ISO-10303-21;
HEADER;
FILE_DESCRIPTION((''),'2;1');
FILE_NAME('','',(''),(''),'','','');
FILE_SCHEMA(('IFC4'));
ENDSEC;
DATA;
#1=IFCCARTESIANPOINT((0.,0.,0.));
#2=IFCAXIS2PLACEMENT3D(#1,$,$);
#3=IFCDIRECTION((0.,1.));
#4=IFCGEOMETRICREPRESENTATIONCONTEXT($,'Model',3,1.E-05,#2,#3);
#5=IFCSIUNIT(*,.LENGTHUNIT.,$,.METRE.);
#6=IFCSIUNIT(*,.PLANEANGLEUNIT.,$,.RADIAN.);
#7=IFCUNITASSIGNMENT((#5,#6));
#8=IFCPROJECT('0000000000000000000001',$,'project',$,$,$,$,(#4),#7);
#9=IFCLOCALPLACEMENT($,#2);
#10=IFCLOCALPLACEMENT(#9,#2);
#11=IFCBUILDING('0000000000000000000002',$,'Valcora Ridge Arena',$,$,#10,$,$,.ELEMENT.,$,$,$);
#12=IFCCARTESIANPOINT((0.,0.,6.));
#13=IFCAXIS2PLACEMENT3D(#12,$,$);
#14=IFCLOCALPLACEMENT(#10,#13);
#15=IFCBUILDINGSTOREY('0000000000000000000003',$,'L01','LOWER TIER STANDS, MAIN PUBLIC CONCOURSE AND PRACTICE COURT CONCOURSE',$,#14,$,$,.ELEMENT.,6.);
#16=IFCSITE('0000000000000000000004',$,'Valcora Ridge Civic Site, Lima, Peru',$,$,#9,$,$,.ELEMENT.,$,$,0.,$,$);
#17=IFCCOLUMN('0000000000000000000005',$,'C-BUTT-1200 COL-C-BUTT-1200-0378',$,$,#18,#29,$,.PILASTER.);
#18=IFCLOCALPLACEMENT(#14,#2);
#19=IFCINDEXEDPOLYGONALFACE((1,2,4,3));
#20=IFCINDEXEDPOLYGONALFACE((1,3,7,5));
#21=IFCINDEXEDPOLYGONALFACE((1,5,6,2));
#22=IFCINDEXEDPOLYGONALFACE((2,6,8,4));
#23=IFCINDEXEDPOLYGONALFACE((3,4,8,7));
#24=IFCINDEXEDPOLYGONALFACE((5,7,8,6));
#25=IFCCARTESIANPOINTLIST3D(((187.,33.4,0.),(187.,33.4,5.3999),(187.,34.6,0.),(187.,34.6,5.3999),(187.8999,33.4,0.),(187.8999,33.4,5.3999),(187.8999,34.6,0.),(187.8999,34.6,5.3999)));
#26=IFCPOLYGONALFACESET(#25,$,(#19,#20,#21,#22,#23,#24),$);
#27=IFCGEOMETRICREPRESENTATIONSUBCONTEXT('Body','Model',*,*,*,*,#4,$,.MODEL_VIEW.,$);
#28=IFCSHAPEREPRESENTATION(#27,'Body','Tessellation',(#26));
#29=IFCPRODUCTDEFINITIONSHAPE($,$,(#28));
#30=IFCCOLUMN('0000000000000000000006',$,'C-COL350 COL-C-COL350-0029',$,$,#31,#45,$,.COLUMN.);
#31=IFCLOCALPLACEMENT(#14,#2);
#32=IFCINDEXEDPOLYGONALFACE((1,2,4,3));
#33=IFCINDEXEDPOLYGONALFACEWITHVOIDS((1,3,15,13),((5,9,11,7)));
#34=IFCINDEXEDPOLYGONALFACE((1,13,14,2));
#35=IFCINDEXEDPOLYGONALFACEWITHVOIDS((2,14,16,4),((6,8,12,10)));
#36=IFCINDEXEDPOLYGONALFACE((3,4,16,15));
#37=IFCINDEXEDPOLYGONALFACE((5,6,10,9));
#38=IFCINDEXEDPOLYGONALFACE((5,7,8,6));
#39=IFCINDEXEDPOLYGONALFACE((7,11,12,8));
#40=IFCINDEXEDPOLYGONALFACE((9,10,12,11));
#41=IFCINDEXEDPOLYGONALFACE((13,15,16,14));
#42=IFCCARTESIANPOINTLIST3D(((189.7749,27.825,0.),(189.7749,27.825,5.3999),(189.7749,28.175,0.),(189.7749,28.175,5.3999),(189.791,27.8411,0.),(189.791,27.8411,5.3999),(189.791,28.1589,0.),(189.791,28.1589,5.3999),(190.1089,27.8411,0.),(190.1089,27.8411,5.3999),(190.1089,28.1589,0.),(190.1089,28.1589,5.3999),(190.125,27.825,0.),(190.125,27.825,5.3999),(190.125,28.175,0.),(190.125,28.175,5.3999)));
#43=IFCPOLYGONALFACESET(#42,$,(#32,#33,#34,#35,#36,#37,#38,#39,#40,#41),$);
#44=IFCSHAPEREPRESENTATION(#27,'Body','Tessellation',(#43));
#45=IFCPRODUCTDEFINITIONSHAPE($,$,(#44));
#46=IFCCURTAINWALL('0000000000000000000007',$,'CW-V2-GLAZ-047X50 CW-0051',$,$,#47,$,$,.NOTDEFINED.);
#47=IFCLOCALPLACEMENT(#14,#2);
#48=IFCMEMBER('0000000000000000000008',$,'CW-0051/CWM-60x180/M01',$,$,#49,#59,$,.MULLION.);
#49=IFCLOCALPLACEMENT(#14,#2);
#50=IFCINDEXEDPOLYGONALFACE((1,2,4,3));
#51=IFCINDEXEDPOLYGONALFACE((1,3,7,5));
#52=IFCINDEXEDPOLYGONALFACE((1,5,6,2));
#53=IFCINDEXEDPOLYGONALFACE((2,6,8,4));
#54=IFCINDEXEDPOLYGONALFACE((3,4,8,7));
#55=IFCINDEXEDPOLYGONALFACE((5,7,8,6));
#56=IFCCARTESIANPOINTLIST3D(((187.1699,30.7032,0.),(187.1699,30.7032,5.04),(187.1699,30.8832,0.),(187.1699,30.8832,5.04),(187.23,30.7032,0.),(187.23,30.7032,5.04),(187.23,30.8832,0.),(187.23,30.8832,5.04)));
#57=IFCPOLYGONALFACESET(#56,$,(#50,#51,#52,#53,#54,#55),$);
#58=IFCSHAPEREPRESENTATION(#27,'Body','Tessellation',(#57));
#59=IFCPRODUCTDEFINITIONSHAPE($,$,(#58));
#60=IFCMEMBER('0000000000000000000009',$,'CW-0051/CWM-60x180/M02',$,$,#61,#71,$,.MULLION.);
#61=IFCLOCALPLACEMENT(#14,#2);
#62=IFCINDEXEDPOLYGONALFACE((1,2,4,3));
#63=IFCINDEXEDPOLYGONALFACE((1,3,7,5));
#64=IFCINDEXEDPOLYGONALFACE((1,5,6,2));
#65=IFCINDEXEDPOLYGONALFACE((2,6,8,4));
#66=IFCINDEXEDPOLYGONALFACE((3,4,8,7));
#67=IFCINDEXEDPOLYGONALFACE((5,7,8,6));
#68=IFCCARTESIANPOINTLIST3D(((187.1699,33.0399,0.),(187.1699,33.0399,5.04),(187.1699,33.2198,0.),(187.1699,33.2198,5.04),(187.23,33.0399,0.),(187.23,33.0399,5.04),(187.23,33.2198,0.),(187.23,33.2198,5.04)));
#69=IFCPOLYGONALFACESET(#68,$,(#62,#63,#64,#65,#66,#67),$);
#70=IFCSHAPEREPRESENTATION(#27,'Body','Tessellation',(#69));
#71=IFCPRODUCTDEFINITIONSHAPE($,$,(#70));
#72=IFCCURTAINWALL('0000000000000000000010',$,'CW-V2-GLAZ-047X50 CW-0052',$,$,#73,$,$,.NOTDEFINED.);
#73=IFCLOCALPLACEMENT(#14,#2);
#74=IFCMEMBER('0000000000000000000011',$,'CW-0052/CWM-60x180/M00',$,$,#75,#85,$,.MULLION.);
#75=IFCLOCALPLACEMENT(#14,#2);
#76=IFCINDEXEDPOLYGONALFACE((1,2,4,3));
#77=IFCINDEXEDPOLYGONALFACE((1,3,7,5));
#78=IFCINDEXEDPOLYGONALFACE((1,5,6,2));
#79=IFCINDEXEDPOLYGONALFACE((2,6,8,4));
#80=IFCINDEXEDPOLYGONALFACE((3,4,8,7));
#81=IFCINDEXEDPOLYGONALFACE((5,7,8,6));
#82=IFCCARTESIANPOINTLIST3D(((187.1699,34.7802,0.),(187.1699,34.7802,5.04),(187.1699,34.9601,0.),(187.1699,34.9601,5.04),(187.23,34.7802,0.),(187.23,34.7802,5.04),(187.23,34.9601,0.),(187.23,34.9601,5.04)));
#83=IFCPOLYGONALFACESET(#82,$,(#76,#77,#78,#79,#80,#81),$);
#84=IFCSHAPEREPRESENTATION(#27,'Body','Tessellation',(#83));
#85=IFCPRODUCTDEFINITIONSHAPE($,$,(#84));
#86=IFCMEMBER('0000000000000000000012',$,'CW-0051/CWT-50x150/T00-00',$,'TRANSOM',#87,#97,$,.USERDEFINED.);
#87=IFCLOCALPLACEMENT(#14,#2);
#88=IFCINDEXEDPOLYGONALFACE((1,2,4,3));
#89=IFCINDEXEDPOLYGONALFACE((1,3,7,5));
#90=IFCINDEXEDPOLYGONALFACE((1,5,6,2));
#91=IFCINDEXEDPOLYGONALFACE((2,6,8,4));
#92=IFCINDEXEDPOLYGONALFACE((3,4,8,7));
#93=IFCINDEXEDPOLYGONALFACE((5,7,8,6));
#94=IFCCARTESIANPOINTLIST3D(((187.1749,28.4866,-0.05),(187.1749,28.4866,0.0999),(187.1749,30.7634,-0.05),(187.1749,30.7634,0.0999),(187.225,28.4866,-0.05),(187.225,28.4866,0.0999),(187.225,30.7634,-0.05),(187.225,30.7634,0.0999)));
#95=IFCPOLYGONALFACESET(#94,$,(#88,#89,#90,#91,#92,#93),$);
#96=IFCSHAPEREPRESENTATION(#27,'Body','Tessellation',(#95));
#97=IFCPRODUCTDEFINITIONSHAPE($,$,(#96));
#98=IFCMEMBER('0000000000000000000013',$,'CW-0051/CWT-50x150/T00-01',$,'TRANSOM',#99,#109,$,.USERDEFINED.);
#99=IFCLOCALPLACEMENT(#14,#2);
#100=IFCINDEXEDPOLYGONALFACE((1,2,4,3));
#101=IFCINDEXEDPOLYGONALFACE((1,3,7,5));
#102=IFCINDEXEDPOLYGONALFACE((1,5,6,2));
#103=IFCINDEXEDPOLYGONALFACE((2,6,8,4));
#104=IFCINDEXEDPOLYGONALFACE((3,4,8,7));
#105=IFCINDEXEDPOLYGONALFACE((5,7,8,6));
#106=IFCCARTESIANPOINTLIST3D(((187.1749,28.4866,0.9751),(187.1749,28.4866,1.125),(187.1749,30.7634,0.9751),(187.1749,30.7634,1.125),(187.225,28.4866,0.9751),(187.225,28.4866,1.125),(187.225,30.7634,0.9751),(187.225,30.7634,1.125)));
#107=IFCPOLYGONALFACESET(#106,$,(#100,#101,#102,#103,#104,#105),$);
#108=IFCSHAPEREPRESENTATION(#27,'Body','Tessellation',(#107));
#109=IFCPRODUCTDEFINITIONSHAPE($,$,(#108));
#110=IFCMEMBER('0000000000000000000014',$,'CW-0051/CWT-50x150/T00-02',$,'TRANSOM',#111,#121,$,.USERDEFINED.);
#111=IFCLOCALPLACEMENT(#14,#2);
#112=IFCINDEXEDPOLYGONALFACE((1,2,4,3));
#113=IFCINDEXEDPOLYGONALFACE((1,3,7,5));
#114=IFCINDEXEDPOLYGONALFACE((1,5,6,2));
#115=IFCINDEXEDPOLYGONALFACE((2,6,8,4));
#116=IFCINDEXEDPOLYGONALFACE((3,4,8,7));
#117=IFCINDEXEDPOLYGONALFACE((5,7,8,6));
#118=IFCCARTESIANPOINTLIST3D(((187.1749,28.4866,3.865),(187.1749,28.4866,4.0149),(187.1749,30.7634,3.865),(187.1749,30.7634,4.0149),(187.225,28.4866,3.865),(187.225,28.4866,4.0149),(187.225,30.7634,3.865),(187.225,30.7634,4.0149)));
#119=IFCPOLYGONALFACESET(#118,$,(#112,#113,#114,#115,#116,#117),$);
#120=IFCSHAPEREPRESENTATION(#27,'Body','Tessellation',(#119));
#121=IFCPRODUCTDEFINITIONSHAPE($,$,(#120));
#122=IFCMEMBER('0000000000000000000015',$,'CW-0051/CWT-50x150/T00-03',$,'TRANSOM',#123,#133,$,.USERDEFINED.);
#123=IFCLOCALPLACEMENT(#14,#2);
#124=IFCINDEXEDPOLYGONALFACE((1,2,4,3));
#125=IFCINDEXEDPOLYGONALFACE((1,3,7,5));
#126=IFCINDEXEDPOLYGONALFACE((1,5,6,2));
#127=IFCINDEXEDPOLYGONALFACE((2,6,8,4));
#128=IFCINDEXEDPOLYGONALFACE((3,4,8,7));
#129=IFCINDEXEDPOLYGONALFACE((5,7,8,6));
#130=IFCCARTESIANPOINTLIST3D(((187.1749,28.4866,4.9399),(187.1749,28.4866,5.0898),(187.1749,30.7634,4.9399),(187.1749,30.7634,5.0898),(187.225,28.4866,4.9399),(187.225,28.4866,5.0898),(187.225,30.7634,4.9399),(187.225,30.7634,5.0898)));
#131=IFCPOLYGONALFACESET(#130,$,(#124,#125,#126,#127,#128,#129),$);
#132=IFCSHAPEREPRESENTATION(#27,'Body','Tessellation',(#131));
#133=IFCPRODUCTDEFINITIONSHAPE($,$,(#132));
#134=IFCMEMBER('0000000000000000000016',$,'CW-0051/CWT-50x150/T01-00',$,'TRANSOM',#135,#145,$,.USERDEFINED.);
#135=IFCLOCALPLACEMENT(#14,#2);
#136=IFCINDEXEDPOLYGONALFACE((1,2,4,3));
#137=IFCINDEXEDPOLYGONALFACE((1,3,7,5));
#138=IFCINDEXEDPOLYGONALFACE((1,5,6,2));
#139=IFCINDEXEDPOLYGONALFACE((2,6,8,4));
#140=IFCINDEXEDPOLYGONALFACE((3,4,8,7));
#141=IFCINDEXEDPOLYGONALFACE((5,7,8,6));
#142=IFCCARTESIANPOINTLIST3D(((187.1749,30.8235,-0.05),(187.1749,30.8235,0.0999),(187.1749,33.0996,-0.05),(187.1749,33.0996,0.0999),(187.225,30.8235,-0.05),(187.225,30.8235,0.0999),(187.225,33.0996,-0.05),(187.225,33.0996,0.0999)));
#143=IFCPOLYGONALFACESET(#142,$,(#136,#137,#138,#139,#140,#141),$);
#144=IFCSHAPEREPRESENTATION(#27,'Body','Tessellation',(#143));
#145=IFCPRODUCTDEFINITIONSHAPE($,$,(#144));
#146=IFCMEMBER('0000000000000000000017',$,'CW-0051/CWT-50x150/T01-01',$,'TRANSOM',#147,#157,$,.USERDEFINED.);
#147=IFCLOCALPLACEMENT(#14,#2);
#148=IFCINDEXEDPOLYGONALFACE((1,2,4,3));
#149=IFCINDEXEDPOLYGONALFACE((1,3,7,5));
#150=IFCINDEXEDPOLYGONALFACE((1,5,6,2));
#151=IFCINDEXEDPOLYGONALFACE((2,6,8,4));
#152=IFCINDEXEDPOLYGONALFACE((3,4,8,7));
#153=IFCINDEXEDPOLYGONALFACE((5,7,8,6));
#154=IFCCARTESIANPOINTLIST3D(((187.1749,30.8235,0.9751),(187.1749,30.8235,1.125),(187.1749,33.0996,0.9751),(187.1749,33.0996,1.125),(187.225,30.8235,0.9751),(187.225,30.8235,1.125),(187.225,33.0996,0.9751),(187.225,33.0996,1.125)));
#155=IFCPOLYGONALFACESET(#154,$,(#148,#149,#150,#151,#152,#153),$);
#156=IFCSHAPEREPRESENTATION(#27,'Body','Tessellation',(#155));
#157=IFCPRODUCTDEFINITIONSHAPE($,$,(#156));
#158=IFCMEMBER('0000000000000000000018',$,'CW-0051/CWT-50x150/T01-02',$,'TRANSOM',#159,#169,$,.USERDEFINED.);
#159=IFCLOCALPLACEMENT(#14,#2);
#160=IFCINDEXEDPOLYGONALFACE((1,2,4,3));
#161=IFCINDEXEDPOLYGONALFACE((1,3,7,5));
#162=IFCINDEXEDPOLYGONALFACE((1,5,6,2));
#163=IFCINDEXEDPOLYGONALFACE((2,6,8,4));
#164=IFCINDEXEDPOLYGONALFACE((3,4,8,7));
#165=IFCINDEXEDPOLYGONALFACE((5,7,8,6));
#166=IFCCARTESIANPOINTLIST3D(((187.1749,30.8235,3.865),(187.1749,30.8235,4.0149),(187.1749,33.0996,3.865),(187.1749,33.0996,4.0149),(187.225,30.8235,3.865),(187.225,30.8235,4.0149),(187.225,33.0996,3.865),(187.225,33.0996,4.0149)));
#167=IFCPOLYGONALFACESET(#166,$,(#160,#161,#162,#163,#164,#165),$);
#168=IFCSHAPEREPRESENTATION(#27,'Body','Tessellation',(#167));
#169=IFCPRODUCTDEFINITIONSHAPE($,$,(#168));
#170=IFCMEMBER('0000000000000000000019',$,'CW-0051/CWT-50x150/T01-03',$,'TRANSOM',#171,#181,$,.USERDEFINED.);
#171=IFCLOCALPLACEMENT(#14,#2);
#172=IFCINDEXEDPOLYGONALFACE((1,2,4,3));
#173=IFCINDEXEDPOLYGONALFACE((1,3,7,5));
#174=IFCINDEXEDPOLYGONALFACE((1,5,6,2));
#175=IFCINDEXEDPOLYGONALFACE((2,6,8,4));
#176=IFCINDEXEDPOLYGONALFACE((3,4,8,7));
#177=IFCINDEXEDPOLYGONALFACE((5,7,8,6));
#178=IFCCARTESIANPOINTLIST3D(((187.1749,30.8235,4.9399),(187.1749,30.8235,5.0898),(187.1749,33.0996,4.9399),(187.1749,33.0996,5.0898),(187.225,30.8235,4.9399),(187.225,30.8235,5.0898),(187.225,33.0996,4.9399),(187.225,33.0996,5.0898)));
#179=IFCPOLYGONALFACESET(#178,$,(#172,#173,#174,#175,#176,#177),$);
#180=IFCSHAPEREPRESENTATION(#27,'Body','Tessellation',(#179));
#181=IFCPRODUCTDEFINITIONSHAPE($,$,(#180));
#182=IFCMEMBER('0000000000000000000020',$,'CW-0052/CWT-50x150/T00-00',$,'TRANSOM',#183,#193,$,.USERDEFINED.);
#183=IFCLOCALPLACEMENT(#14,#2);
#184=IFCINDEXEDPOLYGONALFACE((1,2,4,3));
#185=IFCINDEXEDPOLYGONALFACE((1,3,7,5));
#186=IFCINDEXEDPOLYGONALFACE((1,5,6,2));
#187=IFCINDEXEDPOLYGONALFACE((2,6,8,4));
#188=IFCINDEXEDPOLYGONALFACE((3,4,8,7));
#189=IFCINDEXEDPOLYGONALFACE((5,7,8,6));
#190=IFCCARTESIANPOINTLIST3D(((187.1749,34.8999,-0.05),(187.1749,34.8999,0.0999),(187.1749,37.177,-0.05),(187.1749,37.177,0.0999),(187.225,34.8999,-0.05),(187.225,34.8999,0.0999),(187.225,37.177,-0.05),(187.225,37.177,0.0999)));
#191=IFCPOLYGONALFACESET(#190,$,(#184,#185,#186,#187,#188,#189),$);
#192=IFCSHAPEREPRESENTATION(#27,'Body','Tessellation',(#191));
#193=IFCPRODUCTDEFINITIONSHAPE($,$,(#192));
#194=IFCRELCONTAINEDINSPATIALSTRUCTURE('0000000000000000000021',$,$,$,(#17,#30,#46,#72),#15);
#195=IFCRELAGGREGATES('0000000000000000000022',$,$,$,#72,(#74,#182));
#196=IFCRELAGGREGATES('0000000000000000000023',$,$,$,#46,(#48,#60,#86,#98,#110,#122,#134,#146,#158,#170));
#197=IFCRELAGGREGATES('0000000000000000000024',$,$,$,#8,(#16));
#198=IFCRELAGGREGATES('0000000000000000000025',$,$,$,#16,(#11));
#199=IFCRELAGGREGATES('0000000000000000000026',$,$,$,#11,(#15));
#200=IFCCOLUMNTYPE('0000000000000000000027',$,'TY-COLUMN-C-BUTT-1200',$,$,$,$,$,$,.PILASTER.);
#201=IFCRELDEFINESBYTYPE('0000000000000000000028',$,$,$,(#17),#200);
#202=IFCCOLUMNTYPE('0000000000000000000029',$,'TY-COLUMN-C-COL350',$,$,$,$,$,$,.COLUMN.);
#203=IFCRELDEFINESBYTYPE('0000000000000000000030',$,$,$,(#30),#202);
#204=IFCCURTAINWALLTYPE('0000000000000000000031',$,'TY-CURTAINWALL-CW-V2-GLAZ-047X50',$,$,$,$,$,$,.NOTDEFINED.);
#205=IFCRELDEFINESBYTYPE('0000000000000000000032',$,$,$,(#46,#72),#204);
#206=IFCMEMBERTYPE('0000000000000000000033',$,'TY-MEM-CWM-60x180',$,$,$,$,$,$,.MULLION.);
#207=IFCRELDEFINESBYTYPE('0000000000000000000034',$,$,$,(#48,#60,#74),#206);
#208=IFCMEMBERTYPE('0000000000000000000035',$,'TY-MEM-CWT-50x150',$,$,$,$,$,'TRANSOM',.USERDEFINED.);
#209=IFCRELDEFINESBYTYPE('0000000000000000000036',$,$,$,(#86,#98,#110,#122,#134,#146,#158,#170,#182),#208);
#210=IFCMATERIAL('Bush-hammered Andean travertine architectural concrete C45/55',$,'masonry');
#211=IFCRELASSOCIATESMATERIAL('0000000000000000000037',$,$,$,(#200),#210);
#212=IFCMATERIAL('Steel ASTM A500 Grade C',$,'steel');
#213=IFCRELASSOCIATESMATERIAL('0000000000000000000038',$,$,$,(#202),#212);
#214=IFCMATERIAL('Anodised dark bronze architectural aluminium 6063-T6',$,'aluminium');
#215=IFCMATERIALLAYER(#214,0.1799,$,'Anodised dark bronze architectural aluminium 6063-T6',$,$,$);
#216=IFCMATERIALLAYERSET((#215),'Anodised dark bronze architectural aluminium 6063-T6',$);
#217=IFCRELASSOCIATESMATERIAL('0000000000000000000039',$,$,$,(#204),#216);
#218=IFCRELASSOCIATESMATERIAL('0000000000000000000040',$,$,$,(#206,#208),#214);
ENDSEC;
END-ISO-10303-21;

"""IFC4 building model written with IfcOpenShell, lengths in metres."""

from ifc_helpers import new_model, si_unit, direction, frame, origin, origin_2d, place, context, subcontext, project, spatial, rectangle, hollow_rectangle, extrude, material, layer, layer_set, material_profile, profile_set, type_object, element, aggregate, save


model = new_model("IFC4")

# Units and contexts
model_context = context("Model", 3, precision=1e-05, world=origin(), true_north=direction((0.0, 1.0)))
body_context = subcontext(model_context, "Body", "Model", "MODEL_VIEW")
ifc_project = project(units=[si_unit("LENGTHUNIT", "METRE"), si_unit("PLANEANGLEUNIT", "RADIAN")], contexts=[model_context])

# Site, building, storey
site_placement = place(None, origin())
site = spatial("IfcSite", under=ifc_project, at=site_placement, Name="Valcora Ridge Civic Site, Lima, Peru", CompositionType="ELEMENT", RefElevation=0.0)
building_placement = place(site_placement, origin())
building = spatial("IfcBuilding", under=site, at=building_placement, Name="Valcora Ridge Arena", CompositionType="ELEMENT")
storey_placement = place(building_placement, frame((0.0, 0.0, 6.0)))
storey = spatial("IfcBuildingStorey", under=building, at=storey_placement, Name="L01", Description="LOWER TIER STANDS, MAIN PUBLIC CONCOURSE AND PRACTICE COURT CONCOURSE", CompositionType="ELEMENT", Elevation=6.0)

# Columns
ifc_material_1 = material(Name="Bush-hammered Andean travertine architectural concrete C45/55", Category="masonry")
ifc_material_profile_1 = material_profile(ifc_material_1, rectangle(XDim=0.8999, YDim=1.2, at=origin_2d()), Name="RC 900x1200")
ifc_profile_set_1 = profile_set([ifc_material_profile_1], Name="Bush-hammered Andean travertine architectural concrete C45/55")
column_type_1 = type_object("IfcColumnType", Name="TY-COLUMN-C-BUTT-1200", PredefinedType="PILASTER", material=ifc_profile_set_1)
column_1_placement = place(storey_placement, frame((187.45, 34.0, 0.0), z_axis=(0.0, 0.0, 1.0), x_axis=(1.0, 0.0, 0.0)))
element("IfcColumn", 1, at=column_1_placement, inside=storey, type_object=column_type_1, Name="C-BUTT-1200 COL-C-BUTT-1200-0378", PredefinedType="PILASTER", context=body_context, shape_type="SweptSolid", body=[
    extrude(rectangle(XDim=0.8999, YDim=1.2, at=origin_2d()), origin(), (0.0, 0.0, 1.0), 5.3999),
])
ifc_material_2 = material(Name="Steel ASTM A500 Grade C", Category="steel")
ifc_material_profile_2 = material_profile(ifc_material_2, hollow_rectangle(XDim=0.3501, YDim=0.3501, WallThickness=0.0161, at=origin_2d()), Name="HSS350X350X16")
ifc_profile_set_2 = profile_set([ifc_material_profile_2], Name="Steel ASTM A500 Grade C")
column_type_2 = type_object("IfcColumnType", Name="TY-COLUMN-C-COL350", PredefinedType="COLUMN", material=ifc_profile_set_2)
column_2_placement = place(storey_placement, frame((189.95, 28.0, 0.0), z_axis=(0.0, 0.0, 1.0), x_axis=(1.0, 0.0, 0.0)))
element("IfcColumn", 2, at=column_2_placement, inside=storey, type_object=column_type_2, Name="C-COL350 COL-C-COL350-0029", PredefinedType="COLUMN", context=body_context, shape_type="SweptSolid", body=[
    extrude(hollow_rectangle(XDim=0.3501, YDim=0.3501, WallThickness=0.0161, at=origin_2d()), origin(), (0.0, 0.0, 1.0), 5.3999),
])

# Curtain wall, members
ifc_material_3 = material(Name="Anodised dark bronze architectural aluminium 6063-T6", Category="aluminium")
ifc_layer_1 = layer(ifc_material_3, 0.1799, Name="Anodised dark bronze architectural aluminium 6063-T6")
ifc_layer_set_1 = layer_set([ifc_layer_1], Name="Anodised dark bronze architectural aluminium 6063-T6")
curtain_wall_type = type_object("IfcCurtainWallType", Name="TY-CURTAINWALL-CW-V2-GLAZ-047X50", PredefinedType="NOTDEFINED", material=ifc_layer_set_1)
curtain_wall_1_placement = place(storey_placement, origin())
curtain_wall_1 = element("IfcCurtainWall", 3, at=curtain_wall_1_placement, inside=storey, type_object=curtain_wall_type, Name="CW-V2-GLAZ-047X50 CW-0051", PredefinedType="NOTDEFINED")
ifc_material_profile_3 = material_profile(ifc_material_3, rectangle(XDim=0.0601, YDim=0.1799, at=origin_2d()), Name="ALU MULLION 60x180")
ifc_profile_set_3 = profile_set([ifc_material_profile_3], Name="Anodised dark bronze architectural aluminium 6063-T6")
member_type_1 = type_object("IfcMemberType", Name="TY-MEM-CWM-60x180", PredefinedType="MULLION", material=ifc_profile_set_3)
member_1_placement = place(storey_placement, frame((187.2, 30.7932, 0.0), z_axis=(0.0, 0.0, 1.0), x_axis=(-1.0, 0.0, 0.0)))
member_1 = element("IfcMember", 4, at=member_1_placement, type_object=member_type_1, Name="CW-0051/CWM-60x180/M01", PredefinedType="MULLION", context=body_context, shape_type="SweptSolid", body=[
    extrude(rectangle(XDim=0.0601, YDim=0.1799, at=origin_2d()), origin(), (0.0, 0.0, 1.0), 5.04),
])
member_2_placement = place(storey_placement, frame((187.2, 33.1299, 0.0), z_axis=(0.0, 0.0, 1.0), x_axis=(-1.0, 0.0, 0.0)))
member_2 = element("IfcMember", 5, at=member_2_placement, type_object=member_type_1, Name="CW-0051/CWM-60x180/M02", PredefinedType="MULLION", context=body_context, shape_type="SweptSolid", body=[
    extrude(rectangle(XDim=0.0601, YDim=0.1799, at=origin_2d()), origin(), (0.0, 0.0, 1.0), 5.04),
])

# Curtain wall, member
curtain_wall_2_placement = place(storey_placement, origin())
curtain_wall_2 = element("IfcCurtainWall", 6, at=curtain_wall_2_placement, inside=storey, type_object=curtain_wall_type, Name="CW-V2-GLAZ-047X50 CW-0052", PredefinedType="NOTDEFINED")
member_3_placement = place(storey_placement, frame((187.2, 34.8701, 0.0), z_axis=(0.0, 0.0, 1.0), x_axis=(-1.0, 0.0, 0.0)))
member_3 = element("IfcMember", 7, at=member_3_placement, type_object=member_type_1, Name="CW-0052/CWM-60x180/M00", PredefinedType="MULLION", context=body_context, shape_type="SweptSolid", body=[
    extrude(rectangle(XDim=0.0601, YDim=0.1799, at=origin_2d()), origin(), (0.0, 0.0, 1.0), 5.04),
])

# Members
ifc_material_profile_4 = material_profile(ifc_material_3, rectangle(XDim=0.05, YDim=0.1499, at=origin_2d()), Name="ALU TRANSOM 50x150")
ifc_profile_set_4 = profile_set([ifc_material_profile_4], Name="Anodised dark bronze architectural aluminium 6063-T6")
member_type_2 = type_object("IfcMemberType", Name="TY-MEM-CWT-50x150", ElementType="TRANSOM", PredefinedType="USERDEFINED", material=ifc_profile_set_4)
member_4_placement = place(storey_placement, frame((187.2, 28.4866, 0.0249), z_axis=(0.0, 1.0, 0.0), x_axis=(-1.0, 0.0, 0.0)))
member_4 = element("IfcMember", 8, at=member_4_placement, type_object=member_type_2, Name="CW-0051/CWT-50x150/T00-00", ObjectType="TRANSOM", PredefinedType="USERDEFINED", context=body_context, shape_type="SweptSolid", body=[
    extrude(rectangle(XDim=0.05, YDim=0.1499, at=origin_2d()), origin(), (0.0, 0.0, 1.0), 2.2769),
])
member_5_placement = place(storey_placement, frame((187.2, 28.4866, 1.05), z_axis=(0.0, 1.0, 0.0), x_axis=(-1.0, 0.0, 0.0)))
member_5 = element("IfcMember", 9, at=member_5_placement, type_object=member_type_2, Name="CW-0051/CWT-50x150/T00-01", ObjectType="TRANSOM", PredefinedType="USERDEFINED", context=body_context, shape_type="SweptSolid", body=[
    extrude(rectangle(XDim=0.05, YDim=0.1499, at=origin_2d()), origin(), (0.0, 0.0, 1.0), 2.2769),
])
member_6_placement = place(storey_placement, frame((187.2, 28.4866, 3.9399), z_axis=(0.0, 1.0, 0.0), x_axis=(-1.0, 0.0, 0.0)))
member_6 = element("IfcMember", 10, at=member_6_placement, type_object=member_type_2, Name="CW-0051/CWT-50x150/T00-02", ObjectType="TRANSOM", PredefinedType="USERDEFINED", context=body_context, shape_type="SweptSolid", body=[
    extrude(rectangle(XDim=0.05, YDim=0.1499, at=origin_2d()), origin(), (0.0, 0.0, 1.0), 2.2769),
])
member_7_placement = place(storey_placement, frame((187.2, 28.4866, 5.0149), z_axis=(0.0, 1.0, 0.0), x_axis=(-1.0, 0.0, 0.0)))
member_7 = element("IfcMember", 11, at=member_7_placement, type_object=member_type_2, Name="CW-0051/CWT-50x150/T00-03", ObjectType="TRANSOM", PredefinedType="USERDEFINED", context=body_context, shape_type="SweptSolid", body=[
    extrude(rectangle(XDim=0.05, YDim=0.1499, at=origin_2d()), origin(), (0.0, 0.0, 1.0), 2.2769),
])
member_8_placement = place(storey_placement, frame((187.2, 30.8235, 0.0249), z_axis=(0.0, 1.0, 0.0), x_axis=(-1.0, 0.0, 0.0)))
member_8 = element("IfcMember", 12, at=member_8_placement, type_object=member_type_2, Name="CW-0051/CWT-50x150/T01-00", ObjectType="TRANSOM", PredefinedType="USERDEFINED", context=body_context, shape_type="SweptSolid", body=[
    extrude(rectangle(XDim=0.05, YDim=0.1499, at=origin_2d()), origin(), (0.0, 0.0, 1.0), 2.2761),
])
member_9_placement = place(storey_placement, frame((187.2, 30.8235, 1.05), z_axis=(0.0, 1.0, 0.0), x_axis=(-1.0, 0.0, 0.0)))
member_9 = element("IfcMember", 13, at=member_9_placement, type_object=member_type_2, Name="CW-0051/CWT-50x150/T01-01", ObjectType="TRANSOM", PredefinedType="USERDEFINED", context=body_context, shape_type="SweptSolid", body=[
    extrude(rectangle(XDim=0.05, YDim=0.1499, at=origin_2d()), origin(), (0.0, 0.0, 1.0), 2.2761),
])
member_10_placement = place(storey_placement, frame((187.2, 30.8235, 3.9399), z_axis=(0.0, 1.0, 0.0), x_axis=(-1.0, 0.0, 0.0)))
member_10 = element("IfcMember", 14, at=member_10_placement, type_object=member_type_2, Name="CW-0051/CWT-50x150/T01-02", ObjectType="TRANSOM", PredefinedType="USERDEFINED", context=body_context, shape_type="SweptSolid", body=[
    extrude(rectangle(XDim=0.05, YDim=0.1499, at=origin_2d()), origin(), (0.0, 0.0, 1.0), 2.2761),
])
member_11_placement = place(storey_placement, frame((187.2, 30.8235, 5.0149), z_axis=(0.0, 1.0, 0.0), x_axis=(-1.0, 0.0, 0.0)))
member_11 = element("IfcMember", 15, at=member_11_placement, type_object=member_type_2, Name="CW-0051/CWT-50x150/T01-03", ObjectType="TRANSOM", PredefinedType="USERDEFINED", context=body_context, shape_type="SweptSolid", body=[
    extrude(rectangle(XDim=0.05, YDim=0.1499, at=origin_2d()), origin(), (0.0, 0.0, 1.0), 2.2761),
])
member_12_placement = place(storey_placement, frame((187.2, 34.8999, 0.0249), z_axis=(0.0, 1.0, 0.0), x_axis=(-1.0, 0.0, 0.0)))
member_12 = element("IfcMember", 16, at=member_12_placement, type_object=member_type_2, Name="CW-0052/CWT-50x150/T00-00", ObjectType="TRANSOM", PredefinedType="USERDEFINED", context=body_context, shape_type="SweptSolid", body=[
    extrude(rectangle(XDim=0.05, YDim=0.1499, at=origin_2d()), origin(), (0.0, 0.0, 1.0), 2.2771),
])
aggregate(curtain_wall_2, [member_3, member_12])

aggregate(curtain_wall_1, [member_1, member_2, member_4, member_5, member_6, member_7, member_8, member_9, member_10, member_11])

save(model, "model.ifc")
